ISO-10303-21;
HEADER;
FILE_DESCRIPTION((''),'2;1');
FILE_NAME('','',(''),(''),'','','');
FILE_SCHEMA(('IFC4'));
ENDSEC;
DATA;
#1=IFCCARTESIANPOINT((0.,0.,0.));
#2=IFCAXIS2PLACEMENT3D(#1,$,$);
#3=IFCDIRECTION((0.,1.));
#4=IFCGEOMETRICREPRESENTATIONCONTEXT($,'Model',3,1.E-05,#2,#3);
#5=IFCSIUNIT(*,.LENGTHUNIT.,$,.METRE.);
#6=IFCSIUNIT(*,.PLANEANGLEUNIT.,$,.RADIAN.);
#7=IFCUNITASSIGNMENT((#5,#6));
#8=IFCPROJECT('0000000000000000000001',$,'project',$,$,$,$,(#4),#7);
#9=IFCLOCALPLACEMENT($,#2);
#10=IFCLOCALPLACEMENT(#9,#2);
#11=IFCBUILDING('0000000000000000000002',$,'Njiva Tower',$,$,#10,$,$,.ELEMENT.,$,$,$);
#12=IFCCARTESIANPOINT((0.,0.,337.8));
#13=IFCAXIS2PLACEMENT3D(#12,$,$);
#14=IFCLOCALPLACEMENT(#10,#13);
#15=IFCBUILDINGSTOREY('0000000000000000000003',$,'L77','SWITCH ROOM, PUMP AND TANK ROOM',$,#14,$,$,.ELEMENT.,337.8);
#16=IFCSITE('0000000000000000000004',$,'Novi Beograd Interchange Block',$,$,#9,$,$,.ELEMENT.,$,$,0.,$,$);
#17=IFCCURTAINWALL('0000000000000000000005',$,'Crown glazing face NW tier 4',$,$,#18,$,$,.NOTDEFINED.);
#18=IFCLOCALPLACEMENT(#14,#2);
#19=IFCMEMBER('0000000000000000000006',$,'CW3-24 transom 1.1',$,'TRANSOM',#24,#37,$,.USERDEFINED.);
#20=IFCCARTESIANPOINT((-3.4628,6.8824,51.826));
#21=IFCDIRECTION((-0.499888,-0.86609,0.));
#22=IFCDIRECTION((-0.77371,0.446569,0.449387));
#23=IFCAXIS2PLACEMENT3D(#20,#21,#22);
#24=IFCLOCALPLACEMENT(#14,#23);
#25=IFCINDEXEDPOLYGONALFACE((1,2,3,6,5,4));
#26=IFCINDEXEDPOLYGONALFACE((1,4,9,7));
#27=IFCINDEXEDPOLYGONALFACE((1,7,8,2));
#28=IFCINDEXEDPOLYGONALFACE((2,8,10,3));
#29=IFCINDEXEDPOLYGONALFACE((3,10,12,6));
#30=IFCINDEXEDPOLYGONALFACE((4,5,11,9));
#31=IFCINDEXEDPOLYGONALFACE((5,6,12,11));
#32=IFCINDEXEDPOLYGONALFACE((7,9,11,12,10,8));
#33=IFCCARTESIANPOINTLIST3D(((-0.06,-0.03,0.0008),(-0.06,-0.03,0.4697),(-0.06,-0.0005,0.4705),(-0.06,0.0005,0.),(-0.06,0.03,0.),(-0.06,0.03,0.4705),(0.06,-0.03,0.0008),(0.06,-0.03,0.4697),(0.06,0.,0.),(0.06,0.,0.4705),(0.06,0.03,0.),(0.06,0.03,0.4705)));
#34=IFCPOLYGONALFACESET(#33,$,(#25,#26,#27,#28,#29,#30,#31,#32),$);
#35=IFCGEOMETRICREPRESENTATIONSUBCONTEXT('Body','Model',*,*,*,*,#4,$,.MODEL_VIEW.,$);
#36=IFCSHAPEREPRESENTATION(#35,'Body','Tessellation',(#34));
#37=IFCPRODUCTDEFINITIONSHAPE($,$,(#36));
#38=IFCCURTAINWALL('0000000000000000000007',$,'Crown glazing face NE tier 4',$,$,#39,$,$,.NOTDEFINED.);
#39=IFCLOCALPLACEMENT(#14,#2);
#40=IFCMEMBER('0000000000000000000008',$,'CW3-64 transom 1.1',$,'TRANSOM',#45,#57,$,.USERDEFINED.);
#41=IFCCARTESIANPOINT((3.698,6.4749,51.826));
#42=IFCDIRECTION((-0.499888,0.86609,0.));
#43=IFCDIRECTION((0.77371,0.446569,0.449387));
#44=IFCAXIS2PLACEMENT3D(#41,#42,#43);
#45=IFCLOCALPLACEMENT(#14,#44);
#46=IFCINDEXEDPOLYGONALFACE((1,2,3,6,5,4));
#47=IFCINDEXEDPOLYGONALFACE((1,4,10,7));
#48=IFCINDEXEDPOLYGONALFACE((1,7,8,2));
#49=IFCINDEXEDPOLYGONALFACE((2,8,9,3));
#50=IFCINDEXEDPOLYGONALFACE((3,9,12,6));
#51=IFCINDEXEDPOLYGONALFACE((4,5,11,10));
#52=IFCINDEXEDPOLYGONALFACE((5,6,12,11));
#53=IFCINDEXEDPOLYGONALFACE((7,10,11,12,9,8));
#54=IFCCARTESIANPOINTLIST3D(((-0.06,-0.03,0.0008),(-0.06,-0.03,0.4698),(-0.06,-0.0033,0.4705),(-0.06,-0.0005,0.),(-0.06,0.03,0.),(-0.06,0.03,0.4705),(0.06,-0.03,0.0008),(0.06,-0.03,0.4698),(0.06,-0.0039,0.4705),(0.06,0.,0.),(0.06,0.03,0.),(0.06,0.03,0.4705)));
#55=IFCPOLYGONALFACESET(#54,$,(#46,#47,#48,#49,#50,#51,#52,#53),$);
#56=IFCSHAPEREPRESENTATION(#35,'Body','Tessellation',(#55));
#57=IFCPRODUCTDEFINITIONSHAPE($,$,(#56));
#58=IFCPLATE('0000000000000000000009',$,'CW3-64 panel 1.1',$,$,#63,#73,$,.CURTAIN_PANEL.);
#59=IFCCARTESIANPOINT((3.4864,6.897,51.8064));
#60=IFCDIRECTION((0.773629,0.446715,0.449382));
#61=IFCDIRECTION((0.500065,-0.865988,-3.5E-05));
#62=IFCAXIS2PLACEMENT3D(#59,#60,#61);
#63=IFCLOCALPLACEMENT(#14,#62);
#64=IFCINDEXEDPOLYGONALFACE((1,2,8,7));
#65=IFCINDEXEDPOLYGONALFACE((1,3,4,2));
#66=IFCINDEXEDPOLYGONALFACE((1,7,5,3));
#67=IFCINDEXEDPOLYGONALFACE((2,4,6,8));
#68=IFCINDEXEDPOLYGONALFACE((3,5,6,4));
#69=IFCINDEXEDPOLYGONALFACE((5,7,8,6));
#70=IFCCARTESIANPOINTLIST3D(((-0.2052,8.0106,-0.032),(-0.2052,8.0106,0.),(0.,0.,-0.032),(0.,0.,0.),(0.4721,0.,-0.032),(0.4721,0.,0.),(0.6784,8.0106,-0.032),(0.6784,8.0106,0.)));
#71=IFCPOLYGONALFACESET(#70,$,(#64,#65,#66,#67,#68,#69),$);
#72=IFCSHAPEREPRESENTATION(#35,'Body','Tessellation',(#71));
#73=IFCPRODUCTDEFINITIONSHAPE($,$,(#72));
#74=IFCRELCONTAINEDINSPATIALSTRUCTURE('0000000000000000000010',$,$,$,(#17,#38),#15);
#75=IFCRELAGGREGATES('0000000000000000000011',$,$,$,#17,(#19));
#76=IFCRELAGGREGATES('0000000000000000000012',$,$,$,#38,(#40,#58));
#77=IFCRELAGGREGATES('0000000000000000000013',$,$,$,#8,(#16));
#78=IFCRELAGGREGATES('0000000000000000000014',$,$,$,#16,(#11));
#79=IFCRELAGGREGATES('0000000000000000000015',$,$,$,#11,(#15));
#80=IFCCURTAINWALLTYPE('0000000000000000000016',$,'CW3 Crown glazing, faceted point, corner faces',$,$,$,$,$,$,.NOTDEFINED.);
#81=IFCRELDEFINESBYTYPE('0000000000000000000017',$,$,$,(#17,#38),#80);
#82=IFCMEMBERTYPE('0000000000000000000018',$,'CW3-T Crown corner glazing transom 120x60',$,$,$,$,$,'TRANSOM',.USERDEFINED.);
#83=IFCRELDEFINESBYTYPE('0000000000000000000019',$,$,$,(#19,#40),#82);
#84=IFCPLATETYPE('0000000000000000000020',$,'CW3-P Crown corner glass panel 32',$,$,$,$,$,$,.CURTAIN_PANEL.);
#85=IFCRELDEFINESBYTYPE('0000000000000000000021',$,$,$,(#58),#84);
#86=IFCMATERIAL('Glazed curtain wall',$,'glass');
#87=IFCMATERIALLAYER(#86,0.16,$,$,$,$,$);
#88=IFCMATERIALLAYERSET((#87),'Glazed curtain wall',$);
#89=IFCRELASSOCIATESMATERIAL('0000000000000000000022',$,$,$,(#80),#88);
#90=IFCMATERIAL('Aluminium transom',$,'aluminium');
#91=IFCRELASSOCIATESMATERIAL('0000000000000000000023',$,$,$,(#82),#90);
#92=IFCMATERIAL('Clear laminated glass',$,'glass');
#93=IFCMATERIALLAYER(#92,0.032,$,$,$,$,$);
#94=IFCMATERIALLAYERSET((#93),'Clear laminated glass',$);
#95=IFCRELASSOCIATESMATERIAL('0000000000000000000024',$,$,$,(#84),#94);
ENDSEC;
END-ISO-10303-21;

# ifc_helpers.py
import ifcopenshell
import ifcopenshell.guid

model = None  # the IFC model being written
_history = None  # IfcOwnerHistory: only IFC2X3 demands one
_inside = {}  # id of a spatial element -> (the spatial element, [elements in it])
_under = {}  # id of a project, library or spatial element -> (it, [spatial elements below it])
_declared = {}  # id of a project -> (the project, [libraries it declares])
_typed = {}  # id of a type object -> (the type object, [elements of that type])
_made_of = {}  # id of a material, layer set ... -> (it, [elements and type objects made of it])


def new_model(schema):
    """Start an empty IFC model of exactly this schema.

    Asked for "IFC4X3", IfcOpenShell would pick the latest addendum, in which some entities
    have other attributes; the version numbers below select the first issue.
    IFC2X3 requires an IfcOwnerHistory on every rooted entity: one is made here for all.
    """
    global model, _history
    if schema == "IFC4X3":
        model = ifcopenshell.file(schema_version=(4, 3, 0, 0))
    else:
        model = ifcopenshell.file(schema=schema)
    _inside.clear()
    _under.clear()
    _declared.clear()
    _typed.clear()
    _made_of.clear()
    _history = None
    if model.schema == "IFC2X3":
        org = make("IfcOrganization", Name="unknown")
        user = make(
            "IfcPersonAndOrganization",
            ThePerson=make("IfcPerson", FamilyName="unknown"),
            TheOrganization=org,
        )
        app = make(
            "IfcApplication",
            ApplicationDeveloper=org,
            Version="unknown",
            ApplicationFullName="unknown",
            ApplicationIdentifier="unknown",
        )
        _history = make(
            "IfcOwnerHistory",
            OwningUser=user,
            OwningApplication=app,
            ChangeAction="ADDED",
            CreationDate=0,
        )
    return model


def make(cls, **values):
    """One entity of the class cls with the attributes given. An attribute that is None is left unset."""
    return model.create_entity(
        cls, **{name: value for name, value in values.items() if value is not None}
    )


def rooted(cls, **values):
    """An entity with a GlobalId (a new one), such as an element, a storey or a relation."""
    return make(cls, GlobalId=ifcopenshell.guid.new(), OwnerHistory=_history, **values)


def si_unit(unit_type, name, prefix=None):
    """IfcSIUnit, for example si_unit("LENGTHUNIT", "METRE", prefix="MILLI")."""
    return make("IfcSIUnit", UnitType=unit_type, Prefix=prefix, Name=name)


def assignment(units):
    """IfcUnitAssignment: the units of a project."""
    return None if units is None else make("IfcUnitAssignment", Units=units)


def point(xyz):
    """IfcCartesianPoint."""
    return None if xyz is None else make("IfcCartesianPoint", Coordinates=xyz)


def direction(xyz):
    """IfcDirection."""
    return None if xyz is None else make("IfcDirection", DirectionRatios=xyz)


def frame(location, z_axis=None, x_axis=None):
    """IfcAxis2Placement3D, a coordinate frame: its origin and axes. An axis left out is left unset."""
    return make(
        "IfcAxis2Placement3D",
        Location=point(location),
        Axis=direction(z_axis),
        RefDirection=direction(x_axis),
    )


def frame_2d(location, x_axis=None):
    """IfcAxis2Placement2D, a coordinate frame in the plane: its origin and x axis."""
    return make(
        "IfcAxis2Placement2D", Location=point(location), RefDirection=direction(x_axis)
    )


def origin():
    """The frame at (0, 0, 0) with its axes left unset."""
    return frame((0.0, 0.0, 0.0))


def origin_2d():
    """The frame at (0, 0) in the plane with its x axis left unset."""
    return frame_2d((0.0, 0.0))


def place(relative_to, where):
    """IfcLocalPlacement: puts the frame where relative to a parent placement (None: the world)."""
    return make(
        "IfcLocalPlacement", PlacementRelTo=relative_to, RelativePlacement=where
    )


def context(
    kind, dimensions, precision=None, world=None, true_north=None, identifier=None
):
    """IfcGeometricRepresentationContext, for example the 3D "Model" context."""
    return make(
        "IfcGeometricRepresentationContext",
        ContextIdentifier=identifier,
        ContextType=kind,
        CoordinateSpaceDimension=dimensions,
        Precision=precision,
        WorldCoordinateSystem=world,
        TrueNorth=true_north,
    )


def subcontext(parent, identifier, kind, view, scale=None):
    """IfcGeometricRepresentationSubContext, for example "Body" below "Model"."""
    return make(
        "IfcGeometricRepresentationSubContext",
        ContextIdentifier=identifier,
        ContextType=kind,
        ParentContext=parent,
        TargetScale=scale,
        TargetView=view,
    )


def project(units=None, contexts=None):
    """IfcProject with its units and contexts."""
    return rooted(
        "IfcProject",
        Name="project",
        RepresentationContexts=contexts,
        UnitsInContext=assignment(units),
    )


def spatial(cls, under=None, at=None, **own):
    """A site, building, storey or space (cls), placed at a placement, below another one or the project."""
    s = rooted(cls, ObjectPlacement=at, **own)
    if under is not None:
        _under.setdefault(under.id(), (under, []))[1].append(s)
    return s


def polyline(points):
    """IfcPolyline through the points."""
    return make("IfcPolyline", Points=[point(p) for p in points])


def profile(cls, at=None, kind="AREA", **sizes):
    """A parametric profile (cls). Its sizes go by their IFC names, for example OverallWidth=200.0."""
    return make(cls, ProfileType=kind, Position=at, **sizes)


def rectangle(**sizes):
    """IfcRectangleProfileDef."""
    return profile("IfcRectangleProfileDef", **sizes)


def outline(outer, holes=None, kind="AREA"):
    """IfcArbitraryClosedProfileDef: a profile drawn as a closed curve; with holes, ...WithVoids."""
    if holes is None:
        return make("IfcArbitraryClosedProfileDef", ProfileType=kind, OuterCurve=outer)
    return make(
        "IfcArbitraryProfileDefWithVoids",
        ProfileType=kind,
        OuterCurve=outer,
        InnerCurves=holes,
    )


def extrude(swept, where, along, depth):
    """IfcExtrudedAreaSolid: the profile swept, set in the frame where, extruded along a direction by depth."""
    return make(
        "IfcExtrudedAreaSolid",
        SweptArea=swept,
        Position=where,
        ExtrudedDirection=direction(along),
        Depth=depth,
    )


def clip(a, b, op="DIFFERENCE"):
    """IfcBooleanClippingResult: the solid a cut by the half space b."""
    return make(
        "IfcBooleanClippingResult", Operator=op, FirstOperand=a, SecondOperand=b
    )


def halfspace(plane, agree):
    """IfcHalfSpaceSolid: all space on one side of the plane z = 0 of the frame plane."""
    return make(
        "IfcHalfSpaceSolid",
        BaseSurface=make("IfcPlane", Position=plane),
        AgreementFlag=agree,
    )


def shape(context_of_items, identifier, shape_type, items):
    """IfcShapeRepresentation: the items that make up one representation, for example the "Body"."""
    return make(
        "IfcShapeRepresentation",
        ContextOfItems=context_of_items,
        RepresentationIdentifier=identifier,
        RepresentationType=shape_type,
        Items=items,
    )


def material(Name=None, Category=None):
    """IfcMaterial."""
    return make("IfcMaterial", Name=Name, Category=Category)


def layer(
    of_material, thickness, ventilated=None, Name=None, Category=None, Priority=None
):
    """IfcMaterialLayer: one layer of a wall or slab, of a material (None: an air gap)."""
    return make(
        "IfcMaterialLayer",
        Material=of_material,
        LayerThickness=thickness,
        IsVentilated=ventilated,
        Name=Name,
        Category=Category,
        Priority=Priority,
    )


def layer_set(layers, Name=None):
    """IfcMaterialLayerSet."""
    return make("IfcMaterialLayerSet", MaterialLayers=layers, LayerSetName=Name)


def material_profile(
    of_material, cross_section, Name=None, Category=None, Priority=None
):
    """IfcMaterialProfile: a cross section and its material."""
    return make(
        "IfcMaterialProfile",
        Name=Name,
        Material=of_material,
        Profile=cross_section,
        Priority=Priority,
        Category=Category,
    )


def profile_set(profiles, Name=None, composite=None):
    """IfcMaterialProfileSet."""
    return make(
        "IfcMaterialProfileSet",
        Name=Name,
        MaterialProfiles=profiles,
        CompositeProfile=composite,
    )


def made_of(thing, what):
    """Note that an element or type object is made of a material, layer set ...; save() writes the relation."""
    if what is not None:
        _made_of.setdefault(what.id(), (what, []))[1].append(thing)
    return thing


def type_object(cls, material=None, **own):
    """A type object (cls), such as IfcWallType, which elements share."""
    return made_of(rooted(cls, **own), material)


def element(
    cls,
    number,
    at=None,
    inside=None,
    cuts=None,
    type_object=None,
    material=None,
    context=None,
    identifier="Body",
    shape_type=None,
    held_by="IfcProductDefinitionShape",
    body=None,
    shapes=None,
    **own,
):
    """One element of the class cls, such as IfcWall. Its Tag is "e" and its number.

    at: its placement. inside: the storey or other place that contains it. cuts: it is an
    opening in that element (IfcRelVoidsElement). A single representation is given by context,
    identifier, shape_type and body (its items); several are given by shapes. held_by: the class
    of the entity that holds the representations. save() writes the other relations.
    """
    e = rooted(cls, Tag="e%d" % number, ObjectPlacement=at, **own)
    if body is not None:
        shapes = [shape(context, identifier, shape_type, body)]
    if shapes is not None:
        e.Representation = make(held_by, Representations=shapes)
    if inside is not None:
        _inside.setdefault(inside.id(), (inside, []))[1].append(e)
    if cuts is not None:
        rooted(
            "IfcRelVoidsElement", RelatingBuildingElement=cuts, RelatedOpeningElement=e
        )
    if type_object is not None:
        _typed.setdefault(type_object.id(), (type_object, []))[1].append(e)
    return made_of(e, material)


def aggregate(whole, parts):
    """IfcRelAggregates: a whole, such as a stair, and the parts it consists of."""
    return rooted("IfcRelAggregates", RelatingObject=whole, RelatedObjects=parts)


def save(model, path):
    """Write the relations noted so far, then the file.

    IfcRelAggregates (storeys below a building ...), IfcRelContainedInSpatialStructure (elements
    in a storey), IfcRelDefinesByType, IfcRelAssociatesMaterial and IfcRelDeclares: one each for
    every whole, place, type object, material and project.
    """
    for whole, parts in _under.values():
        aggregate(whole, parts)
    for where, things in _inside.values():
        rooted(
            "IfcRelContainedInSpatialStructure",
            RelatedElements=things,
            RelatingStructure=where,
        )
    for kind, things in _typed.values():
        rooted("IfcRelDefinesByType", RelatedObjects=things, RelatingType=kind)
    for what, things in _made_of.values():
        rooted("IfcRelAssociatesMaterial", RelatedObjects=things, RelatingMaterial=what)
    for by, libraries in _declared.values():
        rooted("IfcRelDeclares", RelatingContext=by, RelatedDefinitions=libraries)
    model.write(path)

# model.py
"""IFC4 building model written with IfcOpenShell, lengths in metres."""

from ifc_helpers import new_model, si_unit, direction, frame, origin, origin_2d, place, context, subcontext, project, spatial, polyline, rectangle, outline, extrude, clip, halfspace, material, layer, layer_set, material_profile, profile_set, type_object, element, aggregate, save


model = new_model("IFC4")

# Units and contexts
model_context = context("Model", 3, precision=1e-05, world=origin(), true_north=direction((0.0, 1.0)))
body_context = subcontext(model_context, "Body", "Model", "MODEL_VIEW")
ifc_project = project(units=[si_unit("LENGTHUNIT", "METRE"), si_unit("PLANEANGLEUNIT", "RADIAN")], contexts=[model_context])

# Site, building, storey
site_placement = place(None, origin())
site = spatial("IfcSite", under=ifc_project, at=site_placement, Name="Novi Beograd Interchange Block", CompositionType="ELEMENT", RefElevation=0.0)
building_placement = place(site_placement, origin())
building = spatial("IfcBuilding", under=site, at=building_placement, Name="Njiva Tower", CompositionType="ELEMENT")
storey_placement = place(building_placement, frame((0.0, 0.0, 337.8)))
storey = spatial("IfcBuildingStorey", under=building, at=storey_placement, Name="L77", Description="SWITCH ROOM, PUMP AND TANK ROOM", CompositionType="ELEMENT", Elevation=337.8)

# Shared definitions
ifc_material_1 = material(Name="Glazed curtain wall", Category="glass")

# Curtain walls, members
ifc_layer_1 = layer(ifc_material_1, 0.16)
ifc_layer_set_1 = layer_set([ifc_layer_1], Name="Glazed curtain wall")
curtain_wall_type_1 = type_object("IfcCurtainWallType", Name="CW3 Crown glazing, faceted point, corner faces", PredefinedType="NOTDEFINED", material=ifc_layer_set_1)
curtain_wall_1_placement = place(storey_placement, origin())
curtain_wall_1 = element("IfcCurtainWall", 1, at=curtain_wall_1_placement, inside=storey, type_object=curtain_wall_type_1, Name="Crown glazing face NW tier 4", PredefinedType="NOTDEFINED")
ifc_material_2 = material(Name="Aluminium transom", Category="aluminium")
ifc_material_profile_1 = material_profile(ifc_material_2, rectangle(XDim=0.12, YDim=0.06, at=origin_2d()), Name="RECT 120x60")
ifc_profile_set_1 = profile_set([ifc_material_profile_1], Name="Aluminium transom")
member_type_1 = type_object("IfcMemberType", Name="CW3-T Crown corner glazing transom 120x60", ElementType="TRANSOM", PredefinedType="USERDEFINED", material=ifc_profile_set_1)
member_1_placement = place(storey_placement, frame((-3.4628, 6.8824, 51.826), z_axis=(-0.499888, -0.86609, 0.0), x_axis=(-0.77371, 0.446569, 0.449387)))
member_1 = element("IfcMember", 2, at=member_1_placement, type_object=member_type_1, Name="CW3-24 transom 1.1", ObjectType="TRANSOM", PredefinedType="USERDEFINED", context=body_context, shape_type="Clipping", body=[
    clip(clip(extrude(rectangle(XDim=0.12, YDim=0.06, at=origin_2d()), origin(), (0.0, 0.0, 1.0), 0.4705), halfspace(frame((0.06, 0.0, 0.0), z_axis=(-0.000115, -0.025733, -0.999669), x_axis=(0.0, -0.999669, 0.025733)), False)), halfspace(frame((0.06, 0.0, 0.4705), z_axis=(0.000115, -0.025617, 0.999672), x_axis=(0.0, 0.999672, 0.025617)), False)),
])
curtain_wall_2_placement = place(storey_placement, origin())
curtain_wall_2 = element("IfcCurtainWall", 3, at=curtain_wall_2_placement, inside=storey, type_object=curtain_wall_type_1, Name="Crown glazing face NE tier 4", PredefinedType="NOTDEFINED")
member_2_placement = place(storey_placement, frame((3.698, 6.4749, 51.826), z_axis=(-0.499888, 0.86609, 0.0), x_axis=(0.77371, 0.446569, 0.449387)))
member_2 = element("IfcMember", 4, at=member_2_placement, type_object=member_type_1, Name="CW3-64 transom 1.1", ObjectType="TRANSOM", PredefinedType="USERDEFINED", context=body_context, shape_type="Clipping", body=[
    clip(clip(extrude(rectangle(XDim=0.12, YDim=0.06, at=origin_2d()), origin(), (0.0, 0.0, 1.0), 0.4705), halfspace(frame((0.06, 0.0, 0.0), z_axis=(0.000115, -0.025617, -0.999672), x_axis=(0.0, -0.999672, 0.025617)), False)), halfspace(frame((0.06, 0.0, 0.4706), z_axis=(-0.000115, -0.025733, 0.999669), x_axis=(0.0, 0.999669, 0.025733)), False)),
])

# Plate
ifc_material_3 = material(Name="Clear laminated glass", Category="glass")
ifc_layer_2 = layer(ifc_material_3, 0.032)
ifc_layer_set_2 = layer_set([ifc_layer_2], Name="Clear laminated glass")
plate_type_1 = type_object("IfcPlateType", Name="CW3-P Crown corner glass panel 32", PredefinedType="CURTAIN_PANEL", material=ifc_layer_set_2)
aggregate(curtain_wall_1, [member_1])
plate_1_placement = place(storey_placement, frame((3.4864, 6.897, 51.8064), z_axis=(0.773629, 0.446715, 0.449382), x_axis=(0.500065, -0.865988, -0.000035)))
plate_1 = element("IfcPlate", 5, at=plate_1_placement, type_object=plate_type_1, Name="CW3-64 panel 1.1", PredefinedType="CURTAIN_PANEL", context=body_context, shape_type="SweptSolid", body=[
    extrude(outline(polyline([(0.0, 0.0), (0.4721, 0.0), (0.6784, 8.0106), (-0.2052, 8.0106), (0.0, 0.0)])), origin(), (0.0, 0.0, -1.0), 0.032),
])
aggregate(curtain_wall_2, [member_2, plate_1])

save(model, "model.ifc")
